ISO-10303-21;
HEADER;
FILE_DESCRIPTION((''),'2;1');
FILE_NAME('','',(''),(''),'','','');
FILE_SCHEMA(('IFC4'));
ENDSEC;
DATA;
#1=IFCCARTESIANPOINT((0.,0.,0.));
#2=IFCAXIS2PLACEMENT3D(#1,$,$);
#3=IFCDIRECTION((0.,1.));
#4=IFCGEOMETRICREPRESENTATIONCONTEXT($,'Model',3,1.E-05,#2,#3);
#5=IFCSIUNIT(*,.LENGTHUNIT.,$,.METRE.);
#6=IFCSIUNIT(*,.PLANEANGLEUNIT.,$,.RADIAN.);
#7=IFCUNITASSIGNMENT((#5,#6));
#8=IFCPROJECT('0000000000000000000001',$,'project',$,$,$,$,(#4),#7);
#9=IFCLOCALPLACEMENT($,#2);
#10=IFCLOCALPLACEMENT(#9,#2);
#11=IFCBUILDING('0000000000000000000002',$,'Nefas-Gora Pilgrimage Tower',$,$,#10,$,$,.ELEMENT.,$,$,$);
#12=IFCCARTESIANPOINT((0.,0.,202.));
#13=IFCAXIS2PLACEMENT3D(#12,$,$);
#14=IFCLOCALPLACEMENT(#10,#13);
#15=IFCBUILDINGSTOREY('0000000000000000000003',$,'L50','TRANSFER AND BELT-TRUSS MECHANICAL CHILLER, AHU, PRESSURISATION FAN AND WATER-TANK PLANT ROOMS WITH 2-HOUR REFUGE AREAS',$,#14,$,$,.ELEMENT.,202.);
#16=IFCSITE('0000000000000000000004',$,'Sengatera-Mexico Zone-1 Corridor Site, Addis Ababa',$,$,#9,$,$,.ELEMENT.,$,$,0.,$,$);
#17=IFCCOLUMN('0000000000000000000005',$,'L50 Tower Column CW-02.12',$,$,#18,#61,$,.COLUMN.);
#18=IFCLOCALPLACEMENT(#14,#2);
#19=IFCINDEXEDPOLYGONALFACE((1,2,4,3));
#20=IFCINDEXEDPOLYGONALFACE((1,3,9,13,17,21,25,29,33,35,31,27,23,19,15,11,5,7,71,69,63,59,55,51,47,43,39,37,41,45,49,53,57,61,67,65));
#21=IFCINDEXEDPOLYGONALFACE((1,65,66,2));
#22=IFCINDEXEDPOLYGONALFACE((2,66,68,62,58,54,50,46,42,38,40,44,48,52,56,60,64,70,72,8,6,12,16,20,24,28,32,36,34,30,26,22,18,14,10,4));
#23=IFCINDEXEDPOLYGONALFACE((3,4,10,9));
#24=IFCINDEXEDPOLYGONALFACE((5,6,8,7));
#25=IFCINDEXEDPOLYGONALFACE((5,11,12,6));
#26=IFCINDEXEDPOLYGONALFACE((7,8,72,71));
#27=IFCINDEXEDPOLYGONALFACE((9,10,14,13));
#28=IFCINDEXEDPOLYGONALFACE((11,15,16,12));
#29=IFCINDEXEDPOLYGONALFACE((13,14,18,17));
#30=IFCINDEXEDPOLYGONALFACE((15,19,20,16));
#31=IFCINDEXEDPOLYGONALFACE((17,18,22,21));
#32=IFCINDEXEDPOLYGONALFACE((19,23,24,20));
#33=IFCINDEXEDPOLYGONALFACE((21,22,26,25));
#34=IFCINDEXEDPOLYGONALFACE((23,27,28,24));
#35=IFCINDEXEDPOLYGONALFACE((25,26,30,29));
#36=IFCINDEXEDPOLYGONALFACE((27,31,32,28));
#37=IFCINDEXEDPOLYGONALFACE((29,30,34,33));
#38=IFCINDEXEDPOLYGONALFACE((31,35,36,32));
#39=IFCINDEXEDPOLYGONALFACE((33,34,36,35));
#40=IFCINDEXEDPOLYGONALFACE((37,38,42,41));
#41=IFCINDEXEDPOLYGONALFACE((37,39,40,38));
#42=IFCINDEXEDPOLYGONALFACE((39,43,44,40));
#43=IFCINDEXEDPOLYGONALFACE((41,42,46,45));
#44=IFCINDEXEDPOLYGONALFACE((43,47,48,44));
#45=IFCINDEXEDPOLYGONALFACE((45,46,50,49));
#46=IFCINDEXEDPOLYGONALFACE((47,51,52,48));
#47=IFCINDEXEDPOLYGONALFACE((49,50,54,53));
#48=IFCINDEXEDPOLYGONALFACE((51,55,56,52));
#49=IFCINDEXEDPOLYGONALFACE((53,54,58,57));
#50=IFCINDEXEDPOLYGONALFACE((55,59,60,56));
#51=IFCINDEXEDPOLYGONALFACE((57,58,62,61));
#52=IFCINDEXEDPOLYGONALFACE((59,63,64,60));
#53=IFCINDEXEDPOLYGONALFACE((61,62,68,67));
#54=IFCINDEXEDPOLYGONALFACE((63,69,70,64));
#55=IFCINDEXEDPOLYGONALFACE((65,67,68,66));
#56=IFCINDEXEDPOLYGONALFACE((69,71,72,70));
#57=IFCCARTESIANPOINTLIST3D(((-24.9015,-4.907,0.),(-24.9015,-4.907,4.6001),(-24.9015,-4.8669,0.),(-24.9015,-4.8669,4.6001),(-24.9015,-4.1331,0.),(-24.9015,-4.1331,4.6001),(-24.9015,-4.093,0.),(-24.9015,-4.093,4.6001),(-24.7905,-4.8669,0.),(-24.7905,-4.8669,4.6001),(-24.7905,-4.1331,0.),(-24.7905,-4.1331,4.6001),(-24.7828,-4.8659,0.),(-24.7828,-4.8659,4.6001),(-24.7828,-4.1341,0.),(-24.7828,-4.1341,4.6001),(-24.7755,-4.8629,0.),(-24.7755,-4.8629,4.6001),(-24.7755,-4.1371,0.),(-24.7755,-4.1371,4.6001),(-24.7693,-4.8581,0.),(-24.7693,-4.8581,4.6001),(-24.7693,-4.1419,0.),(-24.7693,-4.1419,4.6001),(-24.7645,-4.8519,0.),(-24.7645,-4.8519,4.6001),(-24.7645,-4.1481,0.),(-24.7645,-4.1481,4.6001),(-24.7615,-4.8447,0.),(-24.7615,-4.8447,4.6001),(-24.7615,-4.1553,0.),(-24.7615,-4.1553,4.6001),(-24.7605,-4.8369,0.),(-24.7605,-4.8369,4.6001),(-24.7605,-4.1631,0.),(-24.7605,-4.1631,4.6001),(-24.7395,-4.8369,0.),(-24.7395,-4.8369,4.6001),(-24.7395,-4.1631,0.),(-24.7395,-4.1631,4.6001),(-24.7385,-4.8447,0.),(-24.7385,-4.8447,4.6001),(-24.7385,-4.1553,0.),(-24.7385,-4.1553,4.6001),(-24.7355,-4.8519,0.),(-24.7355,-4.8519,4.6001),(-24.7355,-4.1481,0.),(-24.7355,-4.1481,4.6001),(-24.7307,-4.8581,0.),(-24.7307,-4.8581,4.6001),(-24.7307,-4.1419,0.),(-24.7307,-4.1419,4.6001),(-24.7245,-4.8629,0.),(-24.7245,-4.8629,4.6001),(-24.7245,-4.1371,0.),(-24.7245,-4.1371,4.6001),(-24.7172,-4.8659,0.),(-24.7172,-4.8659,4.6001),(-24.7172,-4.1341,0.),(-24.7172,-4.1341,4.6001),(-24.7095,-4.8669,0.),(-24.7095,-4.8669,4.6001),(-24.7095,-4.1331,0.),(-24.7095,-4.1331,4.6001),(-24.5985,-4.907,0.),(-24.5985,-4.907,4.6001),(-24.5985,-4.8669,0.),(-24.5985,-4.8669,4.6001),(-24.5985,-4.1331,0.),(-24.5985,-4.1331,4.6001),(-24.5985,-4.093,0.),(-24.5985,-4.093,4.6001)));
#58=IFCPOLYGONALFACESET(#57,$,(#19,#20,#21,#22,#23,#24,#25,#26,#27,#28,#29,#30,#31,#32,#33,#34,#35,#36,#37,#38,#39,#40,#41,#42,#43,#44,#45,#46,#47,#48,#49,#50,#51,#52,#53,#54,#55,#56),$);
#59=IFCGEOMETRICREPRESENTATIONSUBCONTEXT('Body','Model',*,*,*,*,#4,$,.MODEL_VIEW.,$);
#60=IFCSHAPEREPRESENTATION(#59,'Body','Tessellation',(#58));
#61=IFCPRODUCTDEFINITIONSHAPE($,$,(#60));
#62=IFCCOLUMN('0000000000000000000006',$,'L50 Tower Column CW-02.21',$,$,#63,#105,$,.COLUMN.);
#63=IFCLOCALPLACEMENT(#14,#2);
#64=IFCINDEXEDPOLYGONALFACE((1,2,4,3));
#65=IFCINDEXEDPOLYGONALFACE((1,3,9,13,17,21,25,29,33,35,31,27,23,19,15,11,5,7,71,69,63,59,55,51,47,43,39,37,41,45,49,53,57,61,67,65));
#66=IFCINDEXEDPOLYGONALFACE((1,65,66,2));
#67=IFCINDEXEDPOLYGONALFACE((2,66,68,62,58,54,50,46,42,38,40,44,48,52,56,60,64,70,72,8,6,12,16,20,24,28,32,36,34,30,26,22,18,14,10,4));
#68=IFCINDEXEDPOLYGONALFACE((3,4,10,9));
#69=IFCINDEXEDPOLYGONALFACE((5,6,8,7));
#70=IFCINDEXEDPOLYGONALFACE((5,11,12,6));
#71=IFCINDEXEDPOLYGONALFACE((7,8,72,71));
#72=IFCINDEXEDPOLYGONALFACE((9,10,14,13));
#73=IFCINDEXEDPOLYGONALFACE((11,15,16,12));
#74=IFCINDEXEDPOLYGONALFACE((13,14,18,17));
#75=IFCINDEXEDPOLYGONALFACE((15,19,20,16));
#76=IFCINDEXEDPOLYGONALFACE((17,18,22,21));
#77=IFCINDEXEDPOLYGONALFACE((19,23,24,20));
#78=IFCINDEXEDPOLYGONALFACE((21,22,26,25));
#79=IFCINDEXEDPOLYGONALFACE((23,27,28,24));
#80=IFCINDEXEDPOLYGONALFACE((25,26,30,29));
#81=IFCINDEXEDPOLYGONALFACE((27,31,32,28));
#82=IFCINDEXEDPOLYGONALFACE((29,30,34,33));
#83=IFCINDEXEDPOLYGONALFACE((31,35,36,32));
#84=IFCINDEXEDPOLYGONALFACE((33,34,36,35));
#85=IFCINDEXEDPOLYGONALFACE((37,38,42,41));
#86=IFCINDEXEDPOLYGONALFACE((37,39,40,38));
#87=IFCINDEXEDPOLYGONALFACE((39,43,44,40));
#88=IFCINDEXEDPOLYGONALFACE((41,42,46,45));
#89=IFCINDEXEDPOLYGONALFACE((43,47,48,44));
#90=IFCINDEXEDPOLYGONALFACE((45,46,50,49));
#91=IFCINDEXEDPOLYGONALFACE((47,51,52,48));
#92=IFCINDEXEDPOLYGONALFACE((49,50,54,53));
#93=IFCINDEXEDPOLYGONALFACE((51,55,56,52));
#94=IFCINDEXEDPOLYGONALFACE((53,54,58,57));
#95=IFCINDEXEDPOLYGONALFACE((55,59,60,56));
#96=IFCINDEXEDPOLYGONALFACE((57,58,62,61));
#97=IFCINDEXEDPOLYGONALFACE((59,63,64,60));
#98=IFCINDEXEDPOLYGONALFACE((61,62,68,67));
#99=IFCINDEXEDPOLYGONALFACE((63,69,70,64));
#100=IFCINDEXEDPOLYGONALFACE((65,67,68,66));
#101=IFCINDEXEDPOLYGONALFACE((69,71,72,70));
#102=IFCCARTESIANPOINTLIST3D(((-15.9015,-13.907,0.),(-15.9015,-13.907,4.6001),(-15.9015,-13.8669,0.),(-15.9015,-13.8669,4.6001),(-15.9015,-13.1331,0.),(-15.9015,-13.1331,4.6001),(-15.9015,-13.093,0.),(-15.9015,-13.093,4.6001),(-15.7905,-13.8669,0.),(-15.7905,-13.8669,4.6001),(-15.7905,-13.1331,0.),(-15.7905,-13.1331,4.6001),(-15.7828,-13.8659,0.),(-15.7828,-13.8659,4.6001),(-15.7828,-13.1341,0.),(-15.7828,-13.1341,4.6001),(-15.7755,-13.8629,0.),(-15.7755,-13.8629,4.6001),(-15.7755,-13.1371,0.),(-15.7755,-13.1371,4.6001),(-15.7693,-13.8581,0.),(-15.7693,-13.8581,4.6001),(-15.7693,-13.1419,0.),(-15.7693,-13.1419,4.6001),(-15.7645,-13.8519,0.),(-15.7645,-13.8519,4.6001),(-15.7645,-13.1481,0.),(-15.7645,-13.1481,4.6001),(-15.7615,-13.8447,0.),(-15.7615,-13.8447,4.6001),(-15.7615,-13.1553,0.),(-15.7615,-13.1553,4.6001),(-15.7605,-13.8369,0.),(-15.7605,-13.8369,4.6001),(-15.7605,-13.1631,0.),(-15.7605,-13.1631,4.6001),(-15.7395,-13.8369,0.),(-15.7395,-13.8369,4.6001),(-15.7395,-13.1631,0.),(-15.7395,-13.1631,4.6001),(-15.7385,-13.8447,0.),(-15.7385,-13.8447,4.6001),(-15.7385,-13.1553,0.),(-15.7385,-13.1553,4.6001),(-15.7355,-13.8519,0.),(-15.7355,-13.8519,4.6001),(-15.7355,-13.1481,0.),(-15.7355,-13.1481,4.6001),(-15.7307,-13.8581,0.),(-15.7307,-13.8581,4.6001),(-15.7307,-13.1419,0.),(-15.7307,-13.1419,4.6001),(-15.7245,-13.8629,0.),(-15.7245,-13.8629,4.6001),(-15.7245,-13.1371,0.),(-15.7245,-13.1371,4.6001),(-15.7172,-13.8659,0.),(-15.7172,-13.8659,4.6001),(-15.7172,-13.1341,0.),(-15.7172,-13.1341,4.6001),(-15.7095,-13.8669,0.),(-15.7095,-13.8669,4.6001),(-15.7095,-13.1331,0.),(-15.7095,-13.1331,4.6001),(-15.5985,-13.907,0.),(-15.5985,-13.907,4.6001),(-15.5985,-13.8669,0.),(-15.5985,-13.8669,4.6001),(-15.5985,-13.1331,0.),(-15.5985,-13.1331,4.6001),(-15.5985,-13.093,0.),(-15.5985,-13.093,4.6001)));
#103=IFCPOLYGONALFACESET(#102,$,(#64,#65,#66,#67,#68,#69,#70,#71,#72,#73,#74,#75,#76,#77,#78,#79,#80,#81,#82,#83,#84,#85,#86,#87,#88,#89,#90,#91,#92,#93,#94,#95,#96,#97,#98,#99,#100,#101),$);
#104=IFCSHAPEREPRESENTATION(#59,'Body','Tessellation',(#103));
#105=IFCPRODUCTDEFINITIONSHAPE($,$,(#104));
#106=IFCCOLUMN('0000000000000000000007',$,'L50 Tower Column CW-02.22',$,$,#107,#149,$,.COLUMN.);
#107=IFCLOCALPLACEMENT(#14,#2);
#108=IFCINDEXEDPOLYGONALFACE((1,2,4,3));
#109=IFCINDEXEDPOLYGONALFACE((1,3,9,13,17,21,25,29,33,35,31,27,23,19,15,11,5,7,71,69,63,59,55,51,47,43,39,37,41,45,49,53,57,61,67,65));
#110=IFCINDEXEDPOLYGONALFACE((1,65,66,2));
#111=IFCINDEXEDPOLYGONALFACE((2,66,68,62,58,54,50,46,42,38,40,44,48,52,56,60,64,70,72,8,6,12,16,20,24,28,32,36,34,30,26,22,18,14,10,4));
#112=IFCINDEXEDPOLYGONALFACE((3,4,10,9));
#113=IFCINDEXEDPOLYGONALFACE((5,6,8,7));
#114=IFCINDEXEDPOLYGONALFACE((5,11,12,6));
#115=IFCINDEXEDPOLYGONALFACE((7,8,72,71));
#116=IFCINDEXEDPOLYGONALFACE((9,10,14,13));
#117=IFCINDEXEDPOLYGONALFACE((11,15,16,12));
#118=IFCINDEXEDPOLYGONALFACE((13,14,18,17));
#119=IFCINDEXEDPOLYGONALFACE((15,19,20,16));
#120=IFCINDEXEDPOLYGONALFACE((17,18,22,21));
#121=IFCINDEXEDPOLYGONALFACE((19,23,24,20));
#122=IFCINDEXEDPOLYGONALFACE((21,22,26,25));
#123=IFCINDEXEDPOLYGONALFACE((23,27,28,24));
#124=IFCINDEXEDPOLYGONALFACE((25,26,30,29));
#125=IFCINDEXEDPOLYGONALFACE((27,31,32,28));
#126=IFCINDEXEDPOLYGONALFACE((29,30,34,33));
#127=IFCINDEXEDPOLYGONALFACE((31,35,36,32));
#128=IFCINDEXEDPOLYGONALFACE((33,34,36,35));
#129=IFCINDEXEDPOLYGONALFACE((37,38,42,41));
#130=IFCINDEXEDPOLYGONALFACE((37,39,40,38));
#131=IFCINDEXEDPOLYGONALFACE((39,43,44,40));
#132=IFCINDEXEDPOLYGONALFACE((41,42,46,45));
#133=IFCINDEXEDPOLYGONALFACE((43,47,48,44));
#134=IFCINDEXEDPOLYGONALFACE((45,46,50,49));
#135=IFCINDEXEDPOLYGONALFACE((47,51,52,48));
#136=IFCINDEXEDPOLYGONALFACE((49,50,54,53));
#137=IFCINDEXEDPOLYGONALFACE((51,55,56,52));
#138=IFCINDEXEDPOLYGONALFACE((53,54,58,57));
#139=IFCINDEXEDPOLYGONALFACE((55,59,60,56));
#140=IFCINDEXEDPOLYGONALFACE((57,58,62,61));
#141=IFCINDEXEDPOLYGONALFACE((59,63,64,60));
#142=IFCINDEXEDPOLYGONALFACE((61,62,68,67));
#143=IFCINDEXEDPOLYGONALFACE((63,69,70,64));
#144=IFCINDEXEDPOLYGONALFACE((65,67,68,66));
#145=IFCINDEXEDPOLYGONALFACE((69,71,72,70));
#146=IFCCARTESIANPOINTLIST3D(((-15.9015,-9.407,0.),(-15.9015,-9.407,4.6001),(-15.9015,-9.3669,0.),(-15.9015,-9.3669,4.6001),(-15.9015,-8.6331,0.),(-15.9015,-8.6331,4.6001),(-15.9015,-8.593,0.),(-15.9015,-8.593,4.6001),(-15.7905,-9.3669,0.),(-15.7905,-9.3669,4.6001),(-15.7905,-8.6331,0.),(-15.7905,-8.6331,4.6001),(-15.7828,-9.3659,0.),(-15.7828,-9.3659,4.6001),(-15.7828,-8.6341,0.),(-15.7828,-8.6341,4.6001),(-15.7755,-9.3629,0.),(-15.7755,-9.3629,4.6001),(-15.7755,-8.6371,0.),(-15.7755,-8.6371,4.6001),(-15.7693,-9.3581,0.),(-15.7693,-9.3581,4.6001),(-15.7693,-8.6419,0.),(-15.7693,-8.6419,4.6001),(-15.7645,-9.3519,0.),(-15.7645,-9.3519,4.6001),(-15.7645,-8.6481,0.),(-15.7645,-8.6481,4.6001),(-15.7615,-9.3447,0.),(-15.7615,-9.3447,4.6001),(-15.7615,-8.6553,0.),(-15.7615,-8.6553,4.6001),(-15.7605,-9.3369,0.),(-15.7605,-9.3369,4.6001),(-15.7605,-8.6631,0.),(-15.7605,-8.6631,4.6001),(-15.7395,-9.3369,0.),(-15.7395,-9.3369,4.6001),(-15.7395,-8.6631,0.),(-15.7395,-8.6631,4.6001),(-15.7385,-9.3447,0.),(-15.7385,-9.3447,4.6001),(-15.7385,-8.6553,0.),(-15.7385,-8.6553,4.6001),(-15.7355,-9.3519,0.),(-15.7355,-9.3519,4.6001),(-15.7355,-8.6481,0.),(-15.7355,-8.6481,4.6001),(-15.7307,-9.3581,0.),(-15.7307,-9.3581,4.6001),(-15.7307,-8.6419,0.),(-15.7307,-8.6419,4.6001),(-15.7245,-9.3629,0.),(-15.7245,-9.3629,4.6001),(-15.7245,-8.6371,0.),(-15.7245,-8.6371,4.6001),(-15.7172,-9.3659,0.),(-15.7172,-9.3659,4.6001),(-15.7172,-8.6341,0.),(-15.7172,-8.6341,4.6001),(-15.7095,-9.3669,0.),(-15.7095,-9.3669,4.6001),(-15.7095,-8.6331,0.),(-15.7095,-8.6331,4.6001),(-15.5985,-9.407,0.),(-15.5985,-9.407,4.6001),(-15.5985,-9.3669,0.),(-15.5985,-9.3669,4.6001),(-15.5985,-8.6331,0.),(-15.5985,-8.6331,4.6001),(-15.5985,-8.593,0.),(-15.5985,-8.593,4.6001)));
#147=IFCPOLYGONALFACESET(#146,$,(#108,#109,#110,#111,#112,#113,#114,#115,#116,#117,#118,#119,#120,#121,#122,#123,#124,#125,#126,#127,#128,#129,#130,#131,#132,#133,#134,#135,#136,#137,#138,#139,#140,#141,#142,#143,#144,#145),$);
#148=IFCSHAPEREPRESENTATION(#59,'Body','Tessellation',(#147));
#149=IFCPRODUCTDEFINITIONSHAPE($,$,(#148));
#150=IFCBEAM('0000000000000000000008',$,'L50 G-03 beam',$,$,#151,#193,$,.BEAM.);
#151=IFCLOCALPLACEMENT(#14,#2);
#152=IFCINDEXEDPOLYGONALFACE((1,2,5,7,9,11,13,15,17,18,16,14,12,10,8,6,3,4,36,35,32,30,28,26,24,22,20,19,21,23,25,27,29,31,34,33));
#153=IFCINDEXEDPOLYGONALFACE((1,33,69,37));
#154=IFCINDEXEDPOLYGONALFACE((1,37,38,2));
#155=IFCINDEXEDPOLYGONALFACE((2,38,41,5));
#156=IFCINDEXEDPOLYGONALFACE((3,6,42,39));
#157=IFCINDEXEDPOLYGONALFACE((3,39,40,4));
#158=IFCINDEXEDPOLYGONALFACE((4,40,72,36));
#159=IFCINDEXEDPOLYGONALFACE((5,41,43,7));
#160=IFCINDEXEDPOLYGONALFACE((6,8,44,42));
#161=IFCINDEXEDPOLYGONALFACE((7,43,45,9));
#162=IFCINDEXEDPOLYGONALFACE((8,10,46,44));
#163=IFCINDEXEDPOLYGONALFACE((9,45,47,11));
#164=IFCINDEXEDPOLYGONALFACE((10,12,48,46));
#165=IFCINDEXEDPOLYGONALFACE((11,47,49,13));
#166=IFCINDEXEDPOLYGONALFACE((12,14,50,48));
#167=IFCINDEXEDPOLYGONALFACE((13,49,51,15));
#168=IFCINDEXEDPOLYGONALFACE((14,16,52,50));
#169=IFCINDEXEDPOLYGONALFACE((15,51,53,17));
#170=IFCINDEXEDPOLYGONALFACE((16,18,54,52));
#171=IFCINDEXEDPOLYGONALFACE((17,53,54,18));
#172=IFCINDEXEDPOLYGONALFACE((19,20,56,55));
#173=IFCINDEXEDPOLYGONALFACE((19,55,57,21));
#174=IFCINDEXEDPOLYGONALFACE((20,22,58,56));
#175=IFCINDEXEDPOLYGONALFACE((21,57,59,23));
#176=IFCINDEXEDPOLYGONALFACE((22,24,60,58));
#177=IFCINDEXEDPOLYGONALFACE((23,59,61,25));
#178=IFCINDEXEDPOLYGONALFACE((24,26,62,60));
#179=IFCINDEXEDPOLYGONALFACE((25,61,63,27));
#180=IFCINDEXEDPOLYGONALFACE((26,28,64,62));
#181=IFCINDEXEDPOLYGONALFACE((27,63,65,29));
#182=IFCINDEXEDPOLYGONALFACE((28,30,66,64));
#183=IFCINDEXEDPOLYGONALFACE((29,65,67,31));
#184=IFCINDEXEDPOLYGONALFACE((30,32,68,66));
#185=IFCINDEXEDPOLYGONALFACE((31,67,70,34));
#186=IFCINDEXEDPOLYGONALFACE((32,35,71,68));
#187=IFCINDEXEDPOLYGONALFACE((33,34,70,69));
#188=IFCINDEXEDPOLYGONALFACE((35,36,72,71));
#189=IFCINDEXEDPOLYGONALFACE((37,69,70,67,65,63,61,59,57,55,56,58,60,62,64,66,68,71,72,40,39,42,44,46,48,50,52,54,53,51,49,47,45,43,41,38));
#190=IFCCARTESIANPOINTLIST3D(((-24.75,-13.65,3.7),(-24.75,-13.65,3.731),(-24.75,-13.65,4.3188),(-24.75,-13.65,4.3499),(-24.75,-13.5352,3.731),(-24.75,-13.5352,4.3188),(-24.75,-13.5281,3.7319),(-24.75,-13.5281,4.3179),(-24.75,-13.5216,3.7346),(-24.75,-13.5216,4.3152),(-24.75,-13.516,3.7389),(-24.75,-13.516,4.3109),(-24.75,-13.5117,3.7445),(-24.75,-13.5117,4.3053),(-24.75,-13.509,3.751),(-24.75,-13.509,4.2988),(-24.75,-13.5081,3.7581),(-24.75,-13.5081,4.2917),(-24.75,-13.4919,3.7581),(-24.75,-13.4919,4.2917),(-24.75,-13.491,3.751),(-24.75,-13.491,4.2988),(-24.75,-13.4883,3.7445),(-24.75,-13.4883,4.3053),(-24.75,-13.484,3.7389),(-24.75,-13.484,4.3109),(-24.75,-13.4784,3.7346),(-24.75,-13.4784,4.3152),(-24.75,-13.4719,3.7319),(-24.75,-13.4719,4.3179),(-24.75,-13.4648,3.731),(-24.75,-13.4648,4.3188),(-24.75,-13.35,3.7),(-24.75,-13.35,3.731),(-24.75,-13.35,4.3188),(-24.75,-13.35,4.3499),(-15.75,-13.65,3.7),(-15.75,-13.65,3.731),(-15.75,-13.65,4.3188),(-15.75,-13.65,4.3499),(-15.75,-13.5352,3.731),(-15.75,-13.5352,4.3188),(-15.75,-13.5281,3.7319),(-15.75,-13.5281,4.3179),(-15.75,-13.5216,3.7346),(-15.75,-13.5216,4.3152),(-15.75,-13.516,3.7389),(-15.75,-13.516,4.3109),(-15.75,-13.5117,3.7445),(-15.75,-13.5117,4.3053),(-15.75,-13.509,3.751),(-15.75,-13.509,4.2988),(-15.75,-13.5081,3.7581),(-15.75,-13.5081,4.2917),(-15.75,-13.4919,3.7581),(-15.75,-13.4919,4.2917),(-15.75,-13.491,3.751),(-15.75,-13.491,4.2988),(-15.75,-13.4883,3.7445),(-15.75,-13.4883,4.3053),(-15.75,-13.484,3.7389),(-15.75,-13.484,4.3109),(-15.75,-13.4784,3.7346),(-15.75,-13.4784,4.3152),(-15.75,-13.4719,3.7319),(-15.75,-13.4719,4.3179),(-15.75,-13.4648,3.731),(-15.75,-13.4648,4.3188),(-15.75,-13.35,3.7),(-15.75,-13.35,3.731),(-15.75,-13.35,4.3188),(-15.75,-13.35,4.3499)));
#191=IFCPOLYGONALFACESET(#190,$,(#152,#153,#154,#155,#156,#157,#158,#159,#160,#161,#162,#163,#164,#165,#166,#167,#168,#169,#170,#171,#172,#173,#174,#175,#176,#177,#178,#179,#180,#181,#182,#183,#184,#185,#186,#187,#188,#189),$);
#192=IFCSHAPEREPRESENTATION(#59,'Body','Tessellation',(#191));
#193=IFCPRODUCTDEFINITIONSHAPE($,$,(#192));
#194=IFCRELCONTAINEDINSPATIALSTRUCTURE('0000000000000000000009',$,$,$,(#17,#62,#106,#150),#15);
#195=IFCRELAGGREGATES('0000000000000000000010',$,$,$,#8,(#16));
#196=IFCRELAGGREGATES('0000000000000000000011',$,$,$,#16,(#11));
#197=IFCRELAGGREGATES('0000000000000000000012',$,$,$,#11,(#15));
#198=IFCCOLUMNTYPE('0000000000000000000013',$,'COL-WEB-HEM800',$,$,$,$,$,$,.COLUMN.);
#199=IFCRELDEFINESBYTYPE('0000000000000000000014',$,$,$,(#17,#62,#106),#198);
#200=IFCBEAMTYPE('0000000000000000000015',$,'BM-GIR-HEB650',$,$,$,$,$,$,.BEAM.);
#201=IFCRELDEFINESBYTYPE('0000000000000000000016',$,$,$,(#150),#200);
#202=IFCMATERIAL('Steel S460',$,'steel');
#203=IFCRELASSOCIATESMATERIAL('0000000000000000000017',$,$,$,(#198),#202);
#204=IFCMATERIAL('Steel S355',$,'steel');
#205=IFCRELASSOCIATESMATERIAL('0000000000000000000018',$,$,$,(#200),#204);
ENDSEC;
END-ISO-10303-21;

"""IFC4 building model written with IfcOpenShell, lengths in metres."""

from ifc_helpers import new_model, si_unit, direction, frame, origin, origin_2d, place, context, subcontext, project, spatial, i_section, extrude, source, transform, mapped, material, material_profile, profile_set, type_object, element, save


model = new_model("IFC4")

# Units and contexts
model_context = context("Model", 3, precision=1e-05, world=origin(), true_north=direction((0.0, 1.0)))
body_context = subcontext(model_context, "Body", "Model", "MODEL_VIEW")
ifc_project = project(units=[si_unit("LENGTHUNIT", "METRE"), si_unit("PLANEANGLEUNIT", "RADIAN")], contexts=[model_context])

# Site, building, storey
site_placement = place(None, origin())
site = spatial("IfcSite", under=ifc_project, at=site_placement, Name="Sengatera-Mexico Zone-1 Corridor Site, Addis Ababa", CompositionType="ELEMENT", RefElevation=0.0)
building_placement = place(site_placement, origin())
building = spatial("IfcBuilding", under=site, at=building_placement, Name="Nefas-Gora Pilgrimage Tower", CompositionType="ELEMENT")
storey_placement = place(building_placement, frame((0.0, 0.0, 202.0)))
storey = spatial("IfcBuildingStorey", under=building, at=storey_placement, Name="L50", Description="TRANSFER AND BELT-TRUSS MECHANICAL CHILLER, AHU, PRESSURISATION FAN AND WATER-TANK PLANT ROOMS WITH 2-HOUR REFUGE AREAS", CompositionType="ELEMENT", Elevation=202.0)

# Columns
ifc_material_1 = material(Name="Steel S460", Category="steel")
ifc_material_profile_1 = material_profile(ifc_material_1, i_section(OverallWidth=0.303, OverallDepth=0.814, WebThickness=0.021, FlangeThickness=0.04, FilletRadius=0.03, at=origin_2d()), Name="HEM 800")
ifc_profile_set_1 = profile_set([ifc_material_profile_1], Name="Steel S460")
column_type_1 = type_object("IfcColumnType", Name="COL-WEB-HEM800", PredefinedType="COLUMN", material=ifc_profile_set_1)
shared_shape_1 = source(origin(), body_context, "Body", "SweptSolid", [
    extrude(i_section(OverallWidth=0.303, OverallDepth=0.814, WebThickness=0.021, FlangeThickness=0.04, FilletRadius=0.03, at=origin_2d()), origin(), (0.0, 0.0, 1.0), 4.6001),
])
for number, where, z_axis, x_axis, name in (
    (1, (-24.75, -4.5, 0.0), (0.0, 0.0, 1.0), (1.0, 0.0, 0.0), "L50 Tower Column CW-02.12"),
    (2, (-15.75, -13.5, 0.0), (0.0, 0.0, 1.0), (1.0, 0.0, 0.0), "L50 Tower Column CW-02.21"),
    (3, (-15.75, -9.0, 0.0), (0.0, 0.0, 1.0), (1.0, 0.0, 0.0), "L50 Tower Column CW-02.22"),
):
    element("IfcColumn", number, at=place(storey_placement, frame(where, z_axis=z_axis, x_axis=x_axis)), inside=storey, type_object=column_type_1, Name=name, PredefinedType="COLUMN", context=body_context, shape_type="MappedRepresentation", body=[
        mapped(shared_shape_1, transform((0.0, 0.0, 0.0), x_axis=(1.0, 0.0, 0.0), y_axis=(0.0, 1.0, 0.0), z_axis=(0.0, 0.0, 1.0), scale=1.0)),
    ])

# Beam
ifc_material_2 = material(Name="Steel S355", Category="steel")
ifc_material_profile_2 = material_profile(ifc_material_2, i_section(OverallWidth=0.3, OverallDepth=0.6499, WebThickness=0.0161, FlangeThickness=0.031, FilletRadius=0.0271, at=origin_2d()), Name="HEB 650")
ifc_profile_set_2 = profile_set([ifc_material_profile_2], Name="Steel S355")
beam_type = type_object("IfcBeamType", Name="BM-GIR-HEB650", PredefinedType="BEAM", material=ifc_profile_set_2)
shared_shape_2 = source(origin(), body_context, "Body", "SweptSolid", [
    extrude(i_section(OverallWidth=0.3, OverallDepth=0.6499, WebThickness=0.0161, FlangeThickness=0.031, FilletRadius=0.0271, at=origin_2d()), origin(), (0.0, 0.0, 1.0), 9.0),
])
for number, where, z_axis, x_axis, name in (
    (4, (-24.75, -13.5, 4.0249), (1.0, 0.0, 0.0), (0.0, 1.0, 0.0), "L50 G-03 beam"),
):
    element("IfcBeam", number, at=place(storey_placement, frame(where, z_axis=z_axis, x_axis=x_axis)), inside=storey, type_object=beam_type, Name=name, PredefinedType="BEAM", context=body_context, shape_type="MappedRepresentation", body=[
        mapped(shared_shape_2, transform((0.0, 0.0, 0.0), x_axis=(1.0, 0.0, 0.0), y_axis=(0.0, 1.0, 0.0), z_axis=(0.0, 0.0, 1.0), scale=1.0)),
    ])

save(model, "model.ifc")
